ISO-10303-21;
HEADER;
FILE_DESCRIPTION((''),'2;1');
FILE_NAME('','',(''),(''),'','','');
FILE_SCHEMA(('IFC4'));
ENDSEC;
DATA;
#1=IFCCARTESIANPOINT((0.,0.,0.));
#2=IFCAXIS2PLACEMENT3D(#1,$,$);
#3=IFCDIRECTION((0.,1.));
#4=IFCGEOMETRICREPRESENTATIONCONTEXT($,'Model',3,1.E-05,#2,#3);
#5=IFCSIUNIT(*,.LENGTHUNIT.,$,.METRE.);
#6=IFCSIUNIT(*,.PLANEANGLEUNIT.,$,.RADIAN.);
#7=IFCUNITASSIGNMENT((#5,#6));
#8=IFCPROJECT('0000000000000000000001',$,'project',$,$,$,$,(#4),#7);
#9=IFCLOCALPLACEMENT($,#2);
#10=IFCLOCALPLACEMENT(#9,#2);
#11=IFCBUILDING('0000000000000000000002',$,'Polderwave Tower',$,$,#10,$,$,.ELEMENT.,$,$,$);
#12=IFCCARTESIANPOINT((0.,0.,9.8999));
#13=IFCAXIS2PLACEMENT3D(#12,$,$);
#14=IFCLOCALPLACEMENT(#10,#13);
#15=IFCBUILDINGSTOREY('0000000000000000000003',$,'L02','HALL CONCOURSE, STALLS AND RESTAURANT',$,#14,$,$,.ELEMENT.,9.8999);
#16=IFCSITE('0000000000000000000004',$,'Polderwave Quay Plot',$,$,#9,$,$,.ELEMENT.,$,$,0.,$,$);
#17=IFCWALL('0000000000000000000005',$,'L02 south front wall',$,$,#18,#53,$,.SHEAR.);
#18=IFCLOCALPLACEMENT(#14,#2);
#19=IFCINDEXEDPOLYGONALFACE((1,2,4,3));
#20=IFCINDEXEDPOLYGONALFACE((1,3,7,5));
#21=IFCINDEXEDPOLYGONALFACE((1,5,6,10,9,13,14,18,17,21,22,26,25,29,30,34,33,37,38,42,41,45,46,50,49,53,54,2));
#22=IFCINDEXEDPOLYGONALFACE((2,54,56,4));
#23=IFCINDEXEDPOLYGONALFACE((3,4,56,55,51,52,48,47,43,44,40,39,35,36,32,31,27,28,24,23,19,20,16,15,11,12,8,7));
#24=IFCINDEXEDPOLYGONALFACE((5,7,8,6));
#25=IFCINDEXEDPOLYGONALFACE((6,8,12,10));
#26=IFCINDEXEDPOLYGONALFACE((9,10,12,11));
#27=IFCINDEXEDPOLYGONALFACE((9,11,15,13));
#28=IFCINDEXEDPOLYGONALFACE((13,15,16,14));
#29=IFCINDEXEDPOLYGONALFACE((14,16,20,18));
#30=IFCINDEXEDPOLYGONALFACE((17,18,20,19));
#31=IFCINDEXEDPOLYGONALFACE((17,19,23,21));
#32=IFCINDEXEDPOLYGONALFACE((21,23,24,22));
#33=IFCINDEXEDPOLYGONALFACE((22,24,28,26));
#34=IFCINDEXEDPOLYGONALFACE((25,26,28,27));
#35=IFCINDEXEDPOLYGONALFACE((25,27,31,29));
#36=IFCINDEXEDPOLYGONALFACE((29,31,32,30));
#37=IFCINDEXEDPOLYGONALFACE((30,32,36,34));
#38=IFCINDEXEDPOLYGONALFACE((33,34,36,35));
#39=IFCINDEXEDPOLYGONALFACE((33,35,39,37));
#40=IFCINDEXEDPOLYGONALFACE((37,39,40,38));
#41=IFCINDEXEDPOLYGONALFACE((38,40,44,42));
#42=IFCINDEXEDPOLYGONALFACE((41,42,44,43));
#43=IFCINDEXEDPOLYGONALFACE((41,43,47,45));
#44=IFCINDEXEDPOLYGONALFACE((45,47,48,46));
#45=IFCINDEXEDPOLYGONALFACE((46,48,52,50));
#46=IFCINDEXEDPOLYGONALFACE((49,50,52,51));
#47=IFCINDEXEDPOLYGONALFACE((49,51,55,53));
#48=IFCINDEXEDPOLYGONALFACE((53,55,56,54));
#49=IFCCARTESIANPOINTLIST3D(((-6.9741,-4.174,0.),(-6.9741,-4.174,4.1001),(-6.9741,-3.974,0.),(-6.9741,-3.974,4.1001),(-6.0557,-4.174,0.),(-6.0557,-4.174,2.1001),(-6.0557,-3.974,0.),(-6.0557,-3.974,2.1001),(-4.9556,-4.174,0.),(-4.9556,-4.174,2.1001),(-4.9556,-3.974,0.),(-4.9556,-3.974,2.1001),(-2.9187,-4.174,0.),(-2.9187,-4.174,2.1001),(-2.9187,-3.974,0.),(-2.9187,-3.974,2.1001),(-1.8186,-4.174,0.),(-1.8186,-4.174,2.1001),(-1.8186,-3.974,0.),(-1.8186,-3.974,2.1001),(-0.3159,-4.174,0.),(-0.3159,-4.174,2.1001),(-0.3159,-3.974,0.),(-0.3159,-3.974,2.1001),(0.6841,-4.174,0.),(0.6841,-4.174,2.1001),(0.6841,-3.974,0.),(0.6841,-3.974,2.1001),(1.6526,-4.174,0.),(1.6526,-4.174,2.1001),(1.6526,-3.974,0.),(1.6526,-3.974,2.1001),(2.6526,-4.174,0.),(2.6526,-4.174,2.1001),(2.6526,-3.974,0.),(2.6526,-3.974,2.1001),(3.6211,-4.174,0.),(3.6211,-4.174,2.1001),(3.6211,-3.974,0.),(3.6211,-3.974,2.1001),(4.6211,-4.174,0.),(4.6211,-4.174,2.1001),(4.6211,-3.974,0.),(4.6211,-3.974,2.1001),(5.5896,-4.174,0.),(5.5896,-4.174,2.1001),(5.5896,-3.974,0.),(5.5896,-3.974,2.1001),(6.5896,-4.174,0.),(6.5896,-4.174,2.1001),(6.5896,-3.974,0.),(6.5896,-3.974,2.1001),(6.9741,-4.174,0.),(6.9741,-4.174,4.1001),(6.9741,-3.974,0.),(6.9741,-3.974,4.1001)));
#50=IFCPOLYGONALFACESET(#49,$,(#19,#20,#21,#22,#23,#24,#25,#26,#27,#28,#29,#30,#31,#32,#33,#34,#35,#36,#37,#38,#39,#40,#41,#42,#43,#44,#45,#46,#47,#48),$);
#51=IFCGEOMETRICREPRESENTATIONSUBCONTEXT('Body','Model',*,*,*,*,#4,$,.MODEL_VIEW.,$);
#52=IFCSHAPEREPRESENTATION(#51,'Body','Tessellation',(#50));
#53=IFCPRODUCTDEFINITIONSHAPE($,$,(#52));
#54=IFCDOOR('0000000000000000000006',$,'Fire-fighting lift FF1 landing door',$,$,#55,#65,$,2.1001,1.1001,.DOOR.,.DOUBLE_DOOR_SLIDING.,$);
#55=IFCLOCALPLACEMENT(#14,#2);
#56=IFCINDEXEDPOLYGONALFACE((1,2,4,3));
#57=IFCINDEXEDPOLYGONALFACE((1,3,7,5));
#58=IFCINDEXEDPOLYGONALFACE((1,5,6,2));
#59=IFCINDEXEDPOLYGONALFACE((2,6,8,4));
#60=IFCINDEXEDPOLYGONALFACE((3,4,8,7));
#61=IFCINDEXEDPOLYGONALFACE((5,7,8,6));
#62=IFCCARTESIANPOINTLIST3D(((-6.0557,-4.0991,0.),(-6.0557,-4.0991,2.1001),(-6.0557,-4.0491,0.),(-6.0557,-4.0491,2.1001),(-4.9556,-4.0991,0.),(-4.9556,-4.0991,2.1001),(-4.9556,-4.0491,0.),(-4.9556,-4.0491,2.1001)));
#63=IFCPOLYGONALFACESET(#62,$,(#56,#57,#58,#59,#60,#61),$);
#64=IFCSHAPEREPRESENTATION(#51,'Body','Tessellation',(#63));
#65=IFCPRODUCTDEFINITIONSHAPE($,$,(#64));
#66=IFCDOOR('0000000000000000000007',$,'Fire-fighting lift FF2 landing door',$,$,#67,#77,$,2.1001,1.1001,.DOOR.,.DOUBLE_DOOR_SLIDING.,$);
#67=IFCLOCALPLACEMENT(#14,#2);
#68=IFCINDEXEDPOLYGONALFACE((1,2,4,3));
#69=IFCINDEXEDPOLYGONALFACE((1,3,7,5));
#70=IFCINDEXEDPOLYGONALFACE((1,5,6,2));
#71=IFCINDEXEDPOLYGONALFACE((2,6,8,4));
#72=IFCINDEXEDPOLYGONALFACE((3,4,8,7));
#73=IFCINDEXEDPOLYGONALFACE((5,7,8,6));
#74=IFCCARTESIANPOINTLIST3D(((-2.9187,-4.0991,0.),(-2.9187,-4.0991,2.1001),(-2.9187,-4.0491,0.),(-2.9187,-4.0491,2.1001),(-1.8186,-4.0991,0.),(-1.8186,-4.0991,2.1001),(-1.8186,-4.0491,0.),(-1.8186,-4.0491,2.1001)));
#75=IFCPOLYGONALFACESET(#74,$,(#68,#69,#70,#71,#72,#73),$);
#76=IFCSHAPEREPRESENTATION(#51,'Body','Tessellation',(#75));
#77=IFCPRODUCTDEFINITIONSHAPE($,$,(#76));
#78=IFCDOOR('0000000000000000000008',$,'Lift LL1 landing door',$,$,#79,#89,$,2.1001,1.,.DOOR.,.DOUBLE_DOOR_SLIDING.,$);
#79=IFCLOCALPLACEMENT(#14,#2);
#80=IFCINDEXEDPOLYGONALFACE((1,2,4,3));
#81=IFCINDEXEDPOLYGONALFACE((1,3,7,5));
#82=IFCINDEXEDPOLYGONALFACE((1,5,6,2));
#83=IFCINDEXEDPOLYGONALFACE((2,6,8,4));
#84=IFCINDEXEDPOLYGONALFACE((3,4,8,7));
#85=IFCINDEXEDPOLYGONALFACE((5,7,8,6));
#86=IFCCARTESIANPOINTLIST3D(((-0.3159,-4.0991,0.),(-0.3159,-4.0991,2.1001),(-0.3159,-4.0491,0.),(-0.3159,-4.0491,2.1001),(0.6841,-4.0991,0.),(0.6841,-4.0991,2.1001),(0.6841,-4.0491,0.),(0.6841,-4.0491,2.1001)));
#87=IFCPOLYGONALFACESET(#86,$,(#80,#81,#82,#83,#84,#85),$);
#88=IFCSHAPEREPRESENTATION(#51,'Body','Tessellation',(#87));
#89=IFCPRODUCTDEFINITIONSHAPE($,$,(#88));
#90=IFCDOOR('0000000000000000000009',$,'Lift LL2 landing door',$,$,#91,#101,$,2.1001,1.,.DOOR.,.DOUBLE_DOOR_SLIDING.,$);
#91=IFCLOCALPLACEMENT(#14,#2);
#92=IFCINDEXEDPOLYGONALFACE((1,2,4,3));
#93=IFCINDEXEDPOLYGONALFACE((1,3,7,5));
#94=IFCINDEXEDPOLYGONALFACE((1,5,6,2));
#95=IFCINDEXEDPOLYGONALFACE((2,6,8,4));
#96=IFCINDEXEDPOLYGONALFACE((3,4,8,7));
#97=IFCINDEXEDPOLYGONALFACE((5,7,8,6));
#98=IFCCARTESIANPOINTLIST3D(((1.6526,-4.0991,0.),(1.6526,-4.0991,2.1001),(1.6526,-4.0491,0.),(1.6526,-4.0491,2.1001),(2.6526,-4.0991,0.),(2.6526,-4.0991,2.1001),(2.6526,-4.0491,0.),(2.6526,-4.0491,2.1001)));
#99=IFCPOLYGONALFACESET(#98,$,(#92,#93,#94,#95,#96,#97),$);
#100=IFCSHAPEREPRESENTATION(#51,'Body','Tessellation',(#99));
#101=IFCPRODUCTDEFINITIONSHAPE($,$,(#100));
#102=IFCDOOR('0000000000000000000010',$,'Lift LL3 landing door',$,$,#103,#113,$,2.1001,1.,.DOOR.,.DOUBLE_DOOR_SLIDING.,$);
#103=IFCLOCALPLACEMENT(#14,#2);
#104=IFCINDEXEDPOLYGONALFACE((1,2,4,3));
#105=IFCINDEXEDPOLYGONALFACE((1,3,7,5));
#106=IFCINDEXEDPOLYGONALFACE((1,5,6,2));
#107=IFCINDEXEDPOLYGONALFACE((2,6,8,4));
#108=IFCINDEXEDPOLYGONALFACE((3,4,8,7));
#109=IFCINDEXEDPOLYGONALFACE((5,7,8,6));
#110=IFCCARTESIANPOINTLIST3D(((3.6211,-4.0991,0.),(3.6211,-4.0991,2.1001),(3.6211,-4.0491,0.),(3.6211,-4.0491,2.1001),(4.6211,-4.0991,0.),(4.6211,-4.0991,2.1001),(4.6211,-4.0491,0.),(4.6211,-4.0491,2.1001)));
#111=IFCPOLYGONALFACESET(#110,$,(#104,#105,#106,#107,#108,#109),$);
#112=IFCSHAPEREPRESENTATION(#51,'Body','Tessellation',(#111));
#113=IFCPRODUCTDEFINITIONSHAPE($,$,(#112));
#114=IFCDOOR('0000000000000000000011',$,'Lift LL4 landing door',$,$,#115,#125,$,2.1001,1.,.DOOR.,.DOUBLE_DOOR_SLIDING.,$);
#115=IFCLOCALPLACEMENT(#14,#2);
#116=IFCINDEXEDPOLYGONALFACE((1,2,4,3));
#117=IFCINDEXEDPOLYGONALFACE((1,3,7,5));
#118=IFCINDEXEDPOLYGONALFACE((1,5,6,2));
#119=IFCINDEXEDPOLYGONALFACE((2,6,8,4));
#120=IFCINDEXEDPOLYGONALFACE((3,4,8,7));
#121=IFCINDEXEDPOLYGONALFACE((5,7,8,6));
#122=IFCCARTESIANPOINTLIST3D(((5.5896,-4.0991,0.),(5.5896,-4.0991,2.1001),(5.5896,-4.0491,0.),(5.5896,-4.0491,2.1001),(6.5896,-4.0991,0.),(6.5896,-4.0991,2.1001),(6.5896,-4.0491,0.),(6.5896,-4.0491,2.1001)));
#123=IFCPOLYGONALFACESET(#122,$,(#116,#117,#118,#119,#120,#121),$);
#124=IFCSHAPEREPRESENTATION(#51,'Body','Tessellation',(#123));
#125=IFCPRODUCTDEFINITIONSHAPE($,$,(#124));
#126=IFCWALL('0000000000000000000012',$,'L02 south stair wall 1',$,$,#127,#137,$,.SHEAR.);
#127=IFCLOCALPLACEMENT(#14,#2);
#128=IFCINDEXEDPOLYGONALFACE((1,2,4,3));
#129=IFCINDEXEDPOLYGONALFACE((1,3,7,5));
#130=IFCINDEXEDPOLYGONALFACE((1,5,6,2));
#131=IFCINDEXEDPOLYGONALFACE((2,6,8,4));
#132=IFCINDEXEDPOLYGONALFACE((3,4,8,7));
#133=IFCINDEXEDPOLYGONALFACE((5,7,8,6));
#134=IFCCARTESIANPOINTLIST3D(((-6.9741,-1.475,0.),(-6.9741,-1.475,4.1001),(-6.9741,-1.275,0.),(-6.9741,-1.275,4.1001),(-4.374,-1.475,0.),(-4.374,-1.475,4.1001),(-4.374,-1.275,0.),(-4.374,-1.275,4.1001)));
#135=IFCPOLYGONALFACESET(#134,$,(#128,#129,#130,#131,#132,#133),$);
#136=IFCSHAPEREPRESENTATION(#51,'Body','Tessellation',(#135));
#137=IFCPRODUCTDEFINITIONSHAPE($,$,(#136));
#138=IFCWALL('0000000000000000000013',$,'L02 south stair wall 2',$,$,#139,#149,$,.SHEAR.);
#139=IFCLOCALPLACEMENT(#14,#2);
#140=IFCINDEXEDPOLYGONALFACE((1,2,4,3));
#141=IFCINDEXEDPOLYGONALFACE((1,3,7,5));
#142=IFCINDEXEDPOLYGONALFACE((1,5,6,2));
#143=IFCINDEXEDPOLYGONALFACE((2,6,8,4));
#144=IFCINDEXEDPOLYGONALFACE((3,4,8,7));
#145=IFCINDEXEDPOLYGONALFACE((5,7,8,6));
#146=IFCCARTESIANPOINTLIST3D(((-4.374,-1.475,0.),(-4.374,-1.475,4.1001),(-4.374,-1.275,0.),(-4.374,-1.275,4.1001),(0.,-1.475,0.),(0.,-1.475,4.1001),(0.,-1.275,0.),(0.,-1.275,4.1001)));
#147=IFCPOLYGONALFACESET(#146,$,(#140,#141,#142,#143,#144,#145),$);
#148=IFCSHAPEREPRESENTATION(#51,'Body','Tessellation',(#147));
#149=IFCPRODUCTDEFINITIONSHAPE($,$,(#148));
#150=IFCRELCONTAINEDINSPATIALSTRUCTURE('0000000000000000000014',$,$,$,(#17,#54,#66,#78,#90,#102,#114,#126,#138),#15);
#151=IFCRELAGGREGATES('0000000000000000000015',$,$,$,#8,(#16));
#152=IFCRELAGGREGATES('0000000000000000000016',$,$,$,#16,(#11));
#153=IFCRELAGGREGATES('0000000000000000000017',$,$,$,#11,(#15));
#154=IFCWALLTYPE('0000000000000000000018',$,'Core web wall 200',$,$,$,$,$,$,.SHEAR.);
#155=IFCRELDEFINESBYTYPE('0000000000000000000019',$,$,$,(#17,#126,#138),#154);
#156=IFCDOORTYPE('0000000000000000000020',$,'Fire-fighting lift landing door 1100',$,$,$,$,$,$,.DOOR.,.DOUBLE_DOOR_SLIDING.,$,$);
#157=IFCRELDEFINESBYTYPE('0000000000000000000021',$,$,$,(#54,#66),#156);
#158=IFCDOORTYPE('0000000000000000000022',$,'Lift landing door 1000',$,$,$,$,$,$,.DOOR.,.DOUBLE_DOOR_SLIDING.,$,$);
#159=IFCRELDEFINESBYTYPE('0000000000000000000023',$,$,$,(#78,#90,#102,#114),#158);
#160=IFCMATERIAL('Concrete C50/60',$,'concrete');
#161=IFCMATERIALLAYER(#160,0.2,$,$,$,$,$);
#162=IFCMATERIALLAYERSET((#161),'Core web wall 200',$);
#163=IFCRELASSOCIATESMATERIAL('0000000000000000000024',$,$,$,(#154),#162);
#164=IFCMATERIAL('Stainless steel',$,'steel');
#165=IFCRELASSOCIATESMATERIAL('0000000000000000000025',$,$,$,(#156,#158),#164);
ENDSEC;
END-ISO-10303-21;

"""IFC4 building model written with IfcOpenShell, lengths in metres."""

from ifc_helpers import new_model, si_unit, direction, frame, frame_2d, origin, place, context, subcontext, project, spatial, rectangle, extrude, material, layer, layer_set, type_object, element, fill, save


model = new_model("IFC4")

# Units and contexts
model_context = context("Model", 3, precision=1e-05, world=origin(), true_north=direction((0.0, 1.0)))
body_context = subcontext(model_context, "Body", "Model", "MODEL_VIEW")
ifc_project = project(units=[si_unit("LENGTHUNIT", "METRE"), si_unit("PLANEANGLEUNIT", "RADIAN")], contexts=[model_context])

# Site, building, storey
site_placement = place(None, origin())
site = spatial("IfcSite", under=ifc_project, at=site_placement, Name="Polderwave Quay Plot", CompositionType="ELEMENT", RefElevation=0.0)
building_placement = place(site_placement, origin())
building = spatial("IfcBuilding", under=site, at=building_placement, Name="Polderwave Tower", CompositionType="ELEMENT")
storey_placement = place(building_placement, frame((0.0, 0.0, 9.8999)))
storey = spatial("IfcBuildingStorey", under=building, at=storey_placement, Name="L02", Description="HALL CONCOURSE, STALLS AND RESTAURANT", CompositionType="ELEMENT", Elevation=9.8999)

# Wall, openings, doors
ifc_material_1 = material(Name="Concrete C50/60", Category="concrete")
ifc_layer_1 = layer(ifc_material_1, 0.2)
ifc_layer_set_1 = layer_set([ifc_layer_1], Name="Core web wall 200")
wall_type_1 = type_object("IfcWallType", Name="Core web wall 200", PredefinedType="SHEAR", material=ifc_layer_set_1)
wall_1_placement = place(storey_placement, frame((-6.9741, -4.074, 0.0), z_axis=(0.0, 0.0, 1.0), x_axis=(1.0, 0.0, 0.0)))
wall_1 = element("IfcWall", 1, at=wall_1_placement, inside=storey, type_object=wall_type_1, Name="L02 south front wall", PredefinedType="SHEAR", context=body_context, shape_type="SweptSolid", body=[
    extrude(rectangle(XDim=13.9482, YDim=0.2, at=frame_2d((6.9741, 0.0))), origin(), (0.0, 0.0, 1.0), 4.1001),
])
opening_1_placement = place(wall_1_placement, frame((0.9185, 0.0, 0.0)))
opening_1 = element("IfcOpeningElement", 2, at=opening_1_placement, cuts=wall_1, PredefinedType="OPENING", context=body_context, shape_type="SweptSolid", body=[
    extrude(rectangle(XDim=1.1001, YDim=2.1001, at=frame_2d((0.55, 1.05))), frame((0.0, 0.1099, 0.0), z_axis=(0.0, -1.0, 0.0), x_axis=(1.0, 0.0, 0.0)), (0.0, 0.0, 1.0), 0.22),
])
opening_2_placement = place(wall_1_placement, frame((4.0554, 0.0, 0.0)))
opening_2 = element("IfcOpeningElement", 3, at=opening_2_placement, cuts=wall_1, PredefinedType="OPENING", context=body_context, shape_type="SweptSolid", body=[
    extrude(rectangle(XDim=1.1001, YDim=2.1001, at=frame_2d((0.55, 1.05))), frame((0.0, 0.1099, 0.0), z_axis=(0.0, -1.0, 0.0), x_axis=(1.0, 0.0, 0.0)), (0.0, 0.0, 1.0), 0.22),
])
opening_3_placement = place(wall_1_placement, frame((6.6582, 0.0, 0.0)))
opening_3 = element("IfcOpeningElement", 4, at=opening_3_placement, cuts=wall_1, PredefinedType="OPENING", context=body_context, shape_type="SweptSolid", body=[
    extrude(rectangle(XDim=1.0, YDim=2.1001, at=frame_2d((0.5, 1.05))), frame((0.0, 0.1099, 0.0), z_axis=(0.0, -1.0, 0.0), x_axis=(1.0, 0.0, 0.0)), (0.0, 0.0, 1.0), 0.22),
])
opening_4_placement = place(wall_1_placement, frame((8.6267, 0.0, 0.0)))
opening_4 = element("IfcOpeningElement", 5, at=opening_4_placement, cuts=wall_1, PredefinedType="OPENING", context=body_context, shape_type="SweptSolid", body=[
    extrude(rectangle(XDim=1.0, YDim=2.1001, at=frame_2d((0.5, 1.05))), frame((0.0, 0.1099, 0.0), z_axis=(0.0, -1.0, 0.0), x_axis=(1.0, 0.0, 0.0)), (0.0, 0.0, 1.0), 0.22),
])
opening_5_placement = place(wall_1_placement, frame((10.5952, 0.0, 0.0)))
opening_5 = element("IfcOpeningElement", 6, at=opening_5_placement, cuts=wall_1, PredefinedType="OPENING", context=body_context, shape_type="SweptSolid", body=[
    extrude(rectangle(XDim=1.0, YDim=2.1001, at=frame_2d((0.5, 1.05))), frame((0.0, 0.1099, 0.0), z_axis=(0.0, -1.0, 0.0), x_axis=(1.0, 0.0, 0.0)), (0.0, 0.0, 1.0), 0.22),
])
opening_6_placement = place(wall_1_placement, frame((12.5637, 0.0, 0.0)))
opening_6 = element("IfcOpeningElement", 7, at=opening_6_placement, cuts=wall_1, PredefinedType="OPENING", context=body_context, shape_type="SweptSolid", body=[
    extrude(rectangle(XDim=1.0, YDim=2.1001, at=frame_2d((0.5, 1.05))), frame((0.0, 0.1099, 0.0), z_axis=(0.0, -1.0, 0.0), x_axis=(1.0, 0.0, 0.0)), (0.0, 0.0, 1.0), 0.22),
])
ifc_material_2 = material(Name="Stainless steel", Category="steel")
door_type_1 = type_object("IfcDoorType", Name="Fire-fighting lift landing door 1100", OperationType="DOUBLE_DOOR_SLIDING", PredefinedType="DOOR", material=ifc_material_2)
door_1_placement = place(opening_1_placement, origin())
door_1 = element("IfcDoor", 8, at=door_1_placement, inside=storey, type_object=door_type_1, Name="Fire-fighting lift FF1 landing door", OperationType="DOUBLE_DOOR_SLIDING", OverallHeight=2.1001, OverallWidth=1.1001, PredefinedType="DOOR", context=body_context, shape_type="SweptSolid", body=[
    extrude(rectangle(XDim=1.1001, YDim=2.1001, at=frame_2d((0.55, 1.05))), frame((0.0, 0.0249, 0.0), z_axis=(0.0, -1.0, 0.0), x_axis=(1.0, 0.0, 0.0)), (0.0, 0.0, 1.0), 0.05),
])
fill(opening_1, door_1)
door_2_placement = place(opening_2_placement, origin())
door_2 = element("IfcDoor", 9, at=door_2_placement, inside=storey, type_object=door_type_1, Name="Fire-fighting lift FF2 landing door", OperationType="DOUBLE_DOOR_SLIDING", OverallHeight=2.1001, OverallWidth=1.1001, PredefinedType="DOOR", context=body_context, shape_type="SweptSolid", body=[
    extrude(rectangle(XDim=1.1001, YDim=2.1001, at=frame_2d((0.55, 1.05))), frame((0.0, 0.0249, 0.0), z_axis=(0.0, -1.0, 0.0), x_axis=(1.0, 0.0, 0.0)), (0.0, 0.0, 1.0), 0.05),
])
fill(opening_2, door_2)
door_type_2 = type_object("IfcDoorType", Name="Lift landing door 1000", OperationType="DOUBLE_DOOR_SLIDING", PredefinedType="DOOR", material=ifc_material_2)
door_3_placement = place(opening_3_placement, origin())
door_3 = element("IfcDoor", 10, at=door_3_placement, inside=storey, type_object=door_type_2, Name="Lift LL1 landing door", OperationType="DOUBLE_DOOR_SLIDING", OverallHeight=2.1001, OverallWidth=1.0, PredefinedType="DOOR", context=body_context, shape_type="SweptSolid", body=[
    extrude(rectangle(XDim=1.0, YDim=2.1001, at=frame_2d((0.5, 1.05))), frame((0.0, 0.0249, 0.0), z_axis=(0.0, -1.0, 0.0), x_axis=(1.0, 0.0, 0.0)), (0.0, 0.0, 1.0), 0.05),
])
fill(opening_3, door_3)
door_4_placement = place(opening_4_placement, origin())
door_4 = element("IfcDoor", 11, at=door_4_placement, inside=storey, type_object=door_type_2, Name="Lift LL2 landing door", OperationType="DOUBLE_DOOR_SLIDING", OverallHeight=2.1001, OverallWidth=1.0, PredefinedType="DOOR", context=body_context, shape_type="SweptSolid", body=[
    extrude(rectangle(XDim=1.0, YDim=2.1001, at=frame_2d((0.5, 1.05))), frame((0.0, 0.0249, 0.0), z_axis=(0.0, -1.0, 0.0), x_axis=(1.0, 0.0, 0.0)), (0.0, 0.0, 1.0), 0.05),
])
fill(opening_4, door_4)
door_5_placement = place(opening_5_placement, origin())
door_5 = element("IfcDoor", 12, at=door_5_placement, inside=storey, type_object=door_type_2, Name="Lift LL3 landing door", OperationType="DOUBLE_DOOR_SLIDING", OverallHeight=2.1001, OverallWidth=1.0, PredefinedType="DOOR", context=body_context, shape_type="SweptSolid", body=[
    extrude(rectangle(XDim=1.0, YDim=2.1001, at=frame_2d((0.5, 1.05))), frame((0.0, 0.0249, 0.0), z_axis=(0.0, -1.0, 0.0), x_axis=(1.0, 0.0, 0.0)), (0.0, 0.0, 1.0), 0.05),
])
fill(opening_5, door_5)
door_6_placement = place(opening_6_placement, origin())
door_6 = element("IfcDoor", 13, at=door_6_placement, inside=storey, type_object=door_type_2, Name="Lift LL4 landing door", OperationType="DOUBLE_DOOR_SLIDING", OverallHeight=2.1001, OverallWidth=1.0, PredefinedType="DOOR", context=body_context, shape_type="SweptSolid", body=[
    extrude(rectangle(XDim=1.0, YDim=2.1001, at=frame_2d((0.5, 1.05))), frame((0.0, 0.0249, 0.0), z_axis=(0.0, -1.0, 0.0), x_axis=(1.0, 0.0, 0.0)), (0.0, 0.0, 1.0), 0.05),
])
fill(opening_6, door_6)

# Walls
wall_2_placement = place(storey_placement, frame((-6.9741, -1.375, 0.0), z_axis=(0.0, 0.0, 1.0), x_axis=(1.0, 0.0, 0.0)))
element("IfcWall", 14, at=wall_2_placement, inside=storey, type_object=wall_type_1, Name="L02 south stair wall 1", PredefinedType="SHEAR", context=body_context, shape_type="SweptSolid", body=[
    extrude(rectangle(XDim=2.6001, YDim=0.2, at=frame_2d((1.3, 0.0))), origin(), (0.0, 0.0, 1.0), 4.1001),
])
wall_3_placement = place(storey_placement, frame((-4.374, -1.375, 0.0), z_axis=(0.0, 0.0, 1.0), x_axis=(1.0, 0.0, 0.0)))
element("IfcWall", 15, at=wall_3_placement, inside=storey, type_object=wall_type_1, Name="L02 south stair wall 2", PredefinedType="SHEAR", context=body_context, shape_type="SweptSolid", body=[
    extrude(rectangle(XDim=4.374, YDim=0.2, at=frame_2d((2.187, 0.0))), origin(), (0.0, 0.0, 1.0), 4.1001),
])

save(model, "model.ifc")
